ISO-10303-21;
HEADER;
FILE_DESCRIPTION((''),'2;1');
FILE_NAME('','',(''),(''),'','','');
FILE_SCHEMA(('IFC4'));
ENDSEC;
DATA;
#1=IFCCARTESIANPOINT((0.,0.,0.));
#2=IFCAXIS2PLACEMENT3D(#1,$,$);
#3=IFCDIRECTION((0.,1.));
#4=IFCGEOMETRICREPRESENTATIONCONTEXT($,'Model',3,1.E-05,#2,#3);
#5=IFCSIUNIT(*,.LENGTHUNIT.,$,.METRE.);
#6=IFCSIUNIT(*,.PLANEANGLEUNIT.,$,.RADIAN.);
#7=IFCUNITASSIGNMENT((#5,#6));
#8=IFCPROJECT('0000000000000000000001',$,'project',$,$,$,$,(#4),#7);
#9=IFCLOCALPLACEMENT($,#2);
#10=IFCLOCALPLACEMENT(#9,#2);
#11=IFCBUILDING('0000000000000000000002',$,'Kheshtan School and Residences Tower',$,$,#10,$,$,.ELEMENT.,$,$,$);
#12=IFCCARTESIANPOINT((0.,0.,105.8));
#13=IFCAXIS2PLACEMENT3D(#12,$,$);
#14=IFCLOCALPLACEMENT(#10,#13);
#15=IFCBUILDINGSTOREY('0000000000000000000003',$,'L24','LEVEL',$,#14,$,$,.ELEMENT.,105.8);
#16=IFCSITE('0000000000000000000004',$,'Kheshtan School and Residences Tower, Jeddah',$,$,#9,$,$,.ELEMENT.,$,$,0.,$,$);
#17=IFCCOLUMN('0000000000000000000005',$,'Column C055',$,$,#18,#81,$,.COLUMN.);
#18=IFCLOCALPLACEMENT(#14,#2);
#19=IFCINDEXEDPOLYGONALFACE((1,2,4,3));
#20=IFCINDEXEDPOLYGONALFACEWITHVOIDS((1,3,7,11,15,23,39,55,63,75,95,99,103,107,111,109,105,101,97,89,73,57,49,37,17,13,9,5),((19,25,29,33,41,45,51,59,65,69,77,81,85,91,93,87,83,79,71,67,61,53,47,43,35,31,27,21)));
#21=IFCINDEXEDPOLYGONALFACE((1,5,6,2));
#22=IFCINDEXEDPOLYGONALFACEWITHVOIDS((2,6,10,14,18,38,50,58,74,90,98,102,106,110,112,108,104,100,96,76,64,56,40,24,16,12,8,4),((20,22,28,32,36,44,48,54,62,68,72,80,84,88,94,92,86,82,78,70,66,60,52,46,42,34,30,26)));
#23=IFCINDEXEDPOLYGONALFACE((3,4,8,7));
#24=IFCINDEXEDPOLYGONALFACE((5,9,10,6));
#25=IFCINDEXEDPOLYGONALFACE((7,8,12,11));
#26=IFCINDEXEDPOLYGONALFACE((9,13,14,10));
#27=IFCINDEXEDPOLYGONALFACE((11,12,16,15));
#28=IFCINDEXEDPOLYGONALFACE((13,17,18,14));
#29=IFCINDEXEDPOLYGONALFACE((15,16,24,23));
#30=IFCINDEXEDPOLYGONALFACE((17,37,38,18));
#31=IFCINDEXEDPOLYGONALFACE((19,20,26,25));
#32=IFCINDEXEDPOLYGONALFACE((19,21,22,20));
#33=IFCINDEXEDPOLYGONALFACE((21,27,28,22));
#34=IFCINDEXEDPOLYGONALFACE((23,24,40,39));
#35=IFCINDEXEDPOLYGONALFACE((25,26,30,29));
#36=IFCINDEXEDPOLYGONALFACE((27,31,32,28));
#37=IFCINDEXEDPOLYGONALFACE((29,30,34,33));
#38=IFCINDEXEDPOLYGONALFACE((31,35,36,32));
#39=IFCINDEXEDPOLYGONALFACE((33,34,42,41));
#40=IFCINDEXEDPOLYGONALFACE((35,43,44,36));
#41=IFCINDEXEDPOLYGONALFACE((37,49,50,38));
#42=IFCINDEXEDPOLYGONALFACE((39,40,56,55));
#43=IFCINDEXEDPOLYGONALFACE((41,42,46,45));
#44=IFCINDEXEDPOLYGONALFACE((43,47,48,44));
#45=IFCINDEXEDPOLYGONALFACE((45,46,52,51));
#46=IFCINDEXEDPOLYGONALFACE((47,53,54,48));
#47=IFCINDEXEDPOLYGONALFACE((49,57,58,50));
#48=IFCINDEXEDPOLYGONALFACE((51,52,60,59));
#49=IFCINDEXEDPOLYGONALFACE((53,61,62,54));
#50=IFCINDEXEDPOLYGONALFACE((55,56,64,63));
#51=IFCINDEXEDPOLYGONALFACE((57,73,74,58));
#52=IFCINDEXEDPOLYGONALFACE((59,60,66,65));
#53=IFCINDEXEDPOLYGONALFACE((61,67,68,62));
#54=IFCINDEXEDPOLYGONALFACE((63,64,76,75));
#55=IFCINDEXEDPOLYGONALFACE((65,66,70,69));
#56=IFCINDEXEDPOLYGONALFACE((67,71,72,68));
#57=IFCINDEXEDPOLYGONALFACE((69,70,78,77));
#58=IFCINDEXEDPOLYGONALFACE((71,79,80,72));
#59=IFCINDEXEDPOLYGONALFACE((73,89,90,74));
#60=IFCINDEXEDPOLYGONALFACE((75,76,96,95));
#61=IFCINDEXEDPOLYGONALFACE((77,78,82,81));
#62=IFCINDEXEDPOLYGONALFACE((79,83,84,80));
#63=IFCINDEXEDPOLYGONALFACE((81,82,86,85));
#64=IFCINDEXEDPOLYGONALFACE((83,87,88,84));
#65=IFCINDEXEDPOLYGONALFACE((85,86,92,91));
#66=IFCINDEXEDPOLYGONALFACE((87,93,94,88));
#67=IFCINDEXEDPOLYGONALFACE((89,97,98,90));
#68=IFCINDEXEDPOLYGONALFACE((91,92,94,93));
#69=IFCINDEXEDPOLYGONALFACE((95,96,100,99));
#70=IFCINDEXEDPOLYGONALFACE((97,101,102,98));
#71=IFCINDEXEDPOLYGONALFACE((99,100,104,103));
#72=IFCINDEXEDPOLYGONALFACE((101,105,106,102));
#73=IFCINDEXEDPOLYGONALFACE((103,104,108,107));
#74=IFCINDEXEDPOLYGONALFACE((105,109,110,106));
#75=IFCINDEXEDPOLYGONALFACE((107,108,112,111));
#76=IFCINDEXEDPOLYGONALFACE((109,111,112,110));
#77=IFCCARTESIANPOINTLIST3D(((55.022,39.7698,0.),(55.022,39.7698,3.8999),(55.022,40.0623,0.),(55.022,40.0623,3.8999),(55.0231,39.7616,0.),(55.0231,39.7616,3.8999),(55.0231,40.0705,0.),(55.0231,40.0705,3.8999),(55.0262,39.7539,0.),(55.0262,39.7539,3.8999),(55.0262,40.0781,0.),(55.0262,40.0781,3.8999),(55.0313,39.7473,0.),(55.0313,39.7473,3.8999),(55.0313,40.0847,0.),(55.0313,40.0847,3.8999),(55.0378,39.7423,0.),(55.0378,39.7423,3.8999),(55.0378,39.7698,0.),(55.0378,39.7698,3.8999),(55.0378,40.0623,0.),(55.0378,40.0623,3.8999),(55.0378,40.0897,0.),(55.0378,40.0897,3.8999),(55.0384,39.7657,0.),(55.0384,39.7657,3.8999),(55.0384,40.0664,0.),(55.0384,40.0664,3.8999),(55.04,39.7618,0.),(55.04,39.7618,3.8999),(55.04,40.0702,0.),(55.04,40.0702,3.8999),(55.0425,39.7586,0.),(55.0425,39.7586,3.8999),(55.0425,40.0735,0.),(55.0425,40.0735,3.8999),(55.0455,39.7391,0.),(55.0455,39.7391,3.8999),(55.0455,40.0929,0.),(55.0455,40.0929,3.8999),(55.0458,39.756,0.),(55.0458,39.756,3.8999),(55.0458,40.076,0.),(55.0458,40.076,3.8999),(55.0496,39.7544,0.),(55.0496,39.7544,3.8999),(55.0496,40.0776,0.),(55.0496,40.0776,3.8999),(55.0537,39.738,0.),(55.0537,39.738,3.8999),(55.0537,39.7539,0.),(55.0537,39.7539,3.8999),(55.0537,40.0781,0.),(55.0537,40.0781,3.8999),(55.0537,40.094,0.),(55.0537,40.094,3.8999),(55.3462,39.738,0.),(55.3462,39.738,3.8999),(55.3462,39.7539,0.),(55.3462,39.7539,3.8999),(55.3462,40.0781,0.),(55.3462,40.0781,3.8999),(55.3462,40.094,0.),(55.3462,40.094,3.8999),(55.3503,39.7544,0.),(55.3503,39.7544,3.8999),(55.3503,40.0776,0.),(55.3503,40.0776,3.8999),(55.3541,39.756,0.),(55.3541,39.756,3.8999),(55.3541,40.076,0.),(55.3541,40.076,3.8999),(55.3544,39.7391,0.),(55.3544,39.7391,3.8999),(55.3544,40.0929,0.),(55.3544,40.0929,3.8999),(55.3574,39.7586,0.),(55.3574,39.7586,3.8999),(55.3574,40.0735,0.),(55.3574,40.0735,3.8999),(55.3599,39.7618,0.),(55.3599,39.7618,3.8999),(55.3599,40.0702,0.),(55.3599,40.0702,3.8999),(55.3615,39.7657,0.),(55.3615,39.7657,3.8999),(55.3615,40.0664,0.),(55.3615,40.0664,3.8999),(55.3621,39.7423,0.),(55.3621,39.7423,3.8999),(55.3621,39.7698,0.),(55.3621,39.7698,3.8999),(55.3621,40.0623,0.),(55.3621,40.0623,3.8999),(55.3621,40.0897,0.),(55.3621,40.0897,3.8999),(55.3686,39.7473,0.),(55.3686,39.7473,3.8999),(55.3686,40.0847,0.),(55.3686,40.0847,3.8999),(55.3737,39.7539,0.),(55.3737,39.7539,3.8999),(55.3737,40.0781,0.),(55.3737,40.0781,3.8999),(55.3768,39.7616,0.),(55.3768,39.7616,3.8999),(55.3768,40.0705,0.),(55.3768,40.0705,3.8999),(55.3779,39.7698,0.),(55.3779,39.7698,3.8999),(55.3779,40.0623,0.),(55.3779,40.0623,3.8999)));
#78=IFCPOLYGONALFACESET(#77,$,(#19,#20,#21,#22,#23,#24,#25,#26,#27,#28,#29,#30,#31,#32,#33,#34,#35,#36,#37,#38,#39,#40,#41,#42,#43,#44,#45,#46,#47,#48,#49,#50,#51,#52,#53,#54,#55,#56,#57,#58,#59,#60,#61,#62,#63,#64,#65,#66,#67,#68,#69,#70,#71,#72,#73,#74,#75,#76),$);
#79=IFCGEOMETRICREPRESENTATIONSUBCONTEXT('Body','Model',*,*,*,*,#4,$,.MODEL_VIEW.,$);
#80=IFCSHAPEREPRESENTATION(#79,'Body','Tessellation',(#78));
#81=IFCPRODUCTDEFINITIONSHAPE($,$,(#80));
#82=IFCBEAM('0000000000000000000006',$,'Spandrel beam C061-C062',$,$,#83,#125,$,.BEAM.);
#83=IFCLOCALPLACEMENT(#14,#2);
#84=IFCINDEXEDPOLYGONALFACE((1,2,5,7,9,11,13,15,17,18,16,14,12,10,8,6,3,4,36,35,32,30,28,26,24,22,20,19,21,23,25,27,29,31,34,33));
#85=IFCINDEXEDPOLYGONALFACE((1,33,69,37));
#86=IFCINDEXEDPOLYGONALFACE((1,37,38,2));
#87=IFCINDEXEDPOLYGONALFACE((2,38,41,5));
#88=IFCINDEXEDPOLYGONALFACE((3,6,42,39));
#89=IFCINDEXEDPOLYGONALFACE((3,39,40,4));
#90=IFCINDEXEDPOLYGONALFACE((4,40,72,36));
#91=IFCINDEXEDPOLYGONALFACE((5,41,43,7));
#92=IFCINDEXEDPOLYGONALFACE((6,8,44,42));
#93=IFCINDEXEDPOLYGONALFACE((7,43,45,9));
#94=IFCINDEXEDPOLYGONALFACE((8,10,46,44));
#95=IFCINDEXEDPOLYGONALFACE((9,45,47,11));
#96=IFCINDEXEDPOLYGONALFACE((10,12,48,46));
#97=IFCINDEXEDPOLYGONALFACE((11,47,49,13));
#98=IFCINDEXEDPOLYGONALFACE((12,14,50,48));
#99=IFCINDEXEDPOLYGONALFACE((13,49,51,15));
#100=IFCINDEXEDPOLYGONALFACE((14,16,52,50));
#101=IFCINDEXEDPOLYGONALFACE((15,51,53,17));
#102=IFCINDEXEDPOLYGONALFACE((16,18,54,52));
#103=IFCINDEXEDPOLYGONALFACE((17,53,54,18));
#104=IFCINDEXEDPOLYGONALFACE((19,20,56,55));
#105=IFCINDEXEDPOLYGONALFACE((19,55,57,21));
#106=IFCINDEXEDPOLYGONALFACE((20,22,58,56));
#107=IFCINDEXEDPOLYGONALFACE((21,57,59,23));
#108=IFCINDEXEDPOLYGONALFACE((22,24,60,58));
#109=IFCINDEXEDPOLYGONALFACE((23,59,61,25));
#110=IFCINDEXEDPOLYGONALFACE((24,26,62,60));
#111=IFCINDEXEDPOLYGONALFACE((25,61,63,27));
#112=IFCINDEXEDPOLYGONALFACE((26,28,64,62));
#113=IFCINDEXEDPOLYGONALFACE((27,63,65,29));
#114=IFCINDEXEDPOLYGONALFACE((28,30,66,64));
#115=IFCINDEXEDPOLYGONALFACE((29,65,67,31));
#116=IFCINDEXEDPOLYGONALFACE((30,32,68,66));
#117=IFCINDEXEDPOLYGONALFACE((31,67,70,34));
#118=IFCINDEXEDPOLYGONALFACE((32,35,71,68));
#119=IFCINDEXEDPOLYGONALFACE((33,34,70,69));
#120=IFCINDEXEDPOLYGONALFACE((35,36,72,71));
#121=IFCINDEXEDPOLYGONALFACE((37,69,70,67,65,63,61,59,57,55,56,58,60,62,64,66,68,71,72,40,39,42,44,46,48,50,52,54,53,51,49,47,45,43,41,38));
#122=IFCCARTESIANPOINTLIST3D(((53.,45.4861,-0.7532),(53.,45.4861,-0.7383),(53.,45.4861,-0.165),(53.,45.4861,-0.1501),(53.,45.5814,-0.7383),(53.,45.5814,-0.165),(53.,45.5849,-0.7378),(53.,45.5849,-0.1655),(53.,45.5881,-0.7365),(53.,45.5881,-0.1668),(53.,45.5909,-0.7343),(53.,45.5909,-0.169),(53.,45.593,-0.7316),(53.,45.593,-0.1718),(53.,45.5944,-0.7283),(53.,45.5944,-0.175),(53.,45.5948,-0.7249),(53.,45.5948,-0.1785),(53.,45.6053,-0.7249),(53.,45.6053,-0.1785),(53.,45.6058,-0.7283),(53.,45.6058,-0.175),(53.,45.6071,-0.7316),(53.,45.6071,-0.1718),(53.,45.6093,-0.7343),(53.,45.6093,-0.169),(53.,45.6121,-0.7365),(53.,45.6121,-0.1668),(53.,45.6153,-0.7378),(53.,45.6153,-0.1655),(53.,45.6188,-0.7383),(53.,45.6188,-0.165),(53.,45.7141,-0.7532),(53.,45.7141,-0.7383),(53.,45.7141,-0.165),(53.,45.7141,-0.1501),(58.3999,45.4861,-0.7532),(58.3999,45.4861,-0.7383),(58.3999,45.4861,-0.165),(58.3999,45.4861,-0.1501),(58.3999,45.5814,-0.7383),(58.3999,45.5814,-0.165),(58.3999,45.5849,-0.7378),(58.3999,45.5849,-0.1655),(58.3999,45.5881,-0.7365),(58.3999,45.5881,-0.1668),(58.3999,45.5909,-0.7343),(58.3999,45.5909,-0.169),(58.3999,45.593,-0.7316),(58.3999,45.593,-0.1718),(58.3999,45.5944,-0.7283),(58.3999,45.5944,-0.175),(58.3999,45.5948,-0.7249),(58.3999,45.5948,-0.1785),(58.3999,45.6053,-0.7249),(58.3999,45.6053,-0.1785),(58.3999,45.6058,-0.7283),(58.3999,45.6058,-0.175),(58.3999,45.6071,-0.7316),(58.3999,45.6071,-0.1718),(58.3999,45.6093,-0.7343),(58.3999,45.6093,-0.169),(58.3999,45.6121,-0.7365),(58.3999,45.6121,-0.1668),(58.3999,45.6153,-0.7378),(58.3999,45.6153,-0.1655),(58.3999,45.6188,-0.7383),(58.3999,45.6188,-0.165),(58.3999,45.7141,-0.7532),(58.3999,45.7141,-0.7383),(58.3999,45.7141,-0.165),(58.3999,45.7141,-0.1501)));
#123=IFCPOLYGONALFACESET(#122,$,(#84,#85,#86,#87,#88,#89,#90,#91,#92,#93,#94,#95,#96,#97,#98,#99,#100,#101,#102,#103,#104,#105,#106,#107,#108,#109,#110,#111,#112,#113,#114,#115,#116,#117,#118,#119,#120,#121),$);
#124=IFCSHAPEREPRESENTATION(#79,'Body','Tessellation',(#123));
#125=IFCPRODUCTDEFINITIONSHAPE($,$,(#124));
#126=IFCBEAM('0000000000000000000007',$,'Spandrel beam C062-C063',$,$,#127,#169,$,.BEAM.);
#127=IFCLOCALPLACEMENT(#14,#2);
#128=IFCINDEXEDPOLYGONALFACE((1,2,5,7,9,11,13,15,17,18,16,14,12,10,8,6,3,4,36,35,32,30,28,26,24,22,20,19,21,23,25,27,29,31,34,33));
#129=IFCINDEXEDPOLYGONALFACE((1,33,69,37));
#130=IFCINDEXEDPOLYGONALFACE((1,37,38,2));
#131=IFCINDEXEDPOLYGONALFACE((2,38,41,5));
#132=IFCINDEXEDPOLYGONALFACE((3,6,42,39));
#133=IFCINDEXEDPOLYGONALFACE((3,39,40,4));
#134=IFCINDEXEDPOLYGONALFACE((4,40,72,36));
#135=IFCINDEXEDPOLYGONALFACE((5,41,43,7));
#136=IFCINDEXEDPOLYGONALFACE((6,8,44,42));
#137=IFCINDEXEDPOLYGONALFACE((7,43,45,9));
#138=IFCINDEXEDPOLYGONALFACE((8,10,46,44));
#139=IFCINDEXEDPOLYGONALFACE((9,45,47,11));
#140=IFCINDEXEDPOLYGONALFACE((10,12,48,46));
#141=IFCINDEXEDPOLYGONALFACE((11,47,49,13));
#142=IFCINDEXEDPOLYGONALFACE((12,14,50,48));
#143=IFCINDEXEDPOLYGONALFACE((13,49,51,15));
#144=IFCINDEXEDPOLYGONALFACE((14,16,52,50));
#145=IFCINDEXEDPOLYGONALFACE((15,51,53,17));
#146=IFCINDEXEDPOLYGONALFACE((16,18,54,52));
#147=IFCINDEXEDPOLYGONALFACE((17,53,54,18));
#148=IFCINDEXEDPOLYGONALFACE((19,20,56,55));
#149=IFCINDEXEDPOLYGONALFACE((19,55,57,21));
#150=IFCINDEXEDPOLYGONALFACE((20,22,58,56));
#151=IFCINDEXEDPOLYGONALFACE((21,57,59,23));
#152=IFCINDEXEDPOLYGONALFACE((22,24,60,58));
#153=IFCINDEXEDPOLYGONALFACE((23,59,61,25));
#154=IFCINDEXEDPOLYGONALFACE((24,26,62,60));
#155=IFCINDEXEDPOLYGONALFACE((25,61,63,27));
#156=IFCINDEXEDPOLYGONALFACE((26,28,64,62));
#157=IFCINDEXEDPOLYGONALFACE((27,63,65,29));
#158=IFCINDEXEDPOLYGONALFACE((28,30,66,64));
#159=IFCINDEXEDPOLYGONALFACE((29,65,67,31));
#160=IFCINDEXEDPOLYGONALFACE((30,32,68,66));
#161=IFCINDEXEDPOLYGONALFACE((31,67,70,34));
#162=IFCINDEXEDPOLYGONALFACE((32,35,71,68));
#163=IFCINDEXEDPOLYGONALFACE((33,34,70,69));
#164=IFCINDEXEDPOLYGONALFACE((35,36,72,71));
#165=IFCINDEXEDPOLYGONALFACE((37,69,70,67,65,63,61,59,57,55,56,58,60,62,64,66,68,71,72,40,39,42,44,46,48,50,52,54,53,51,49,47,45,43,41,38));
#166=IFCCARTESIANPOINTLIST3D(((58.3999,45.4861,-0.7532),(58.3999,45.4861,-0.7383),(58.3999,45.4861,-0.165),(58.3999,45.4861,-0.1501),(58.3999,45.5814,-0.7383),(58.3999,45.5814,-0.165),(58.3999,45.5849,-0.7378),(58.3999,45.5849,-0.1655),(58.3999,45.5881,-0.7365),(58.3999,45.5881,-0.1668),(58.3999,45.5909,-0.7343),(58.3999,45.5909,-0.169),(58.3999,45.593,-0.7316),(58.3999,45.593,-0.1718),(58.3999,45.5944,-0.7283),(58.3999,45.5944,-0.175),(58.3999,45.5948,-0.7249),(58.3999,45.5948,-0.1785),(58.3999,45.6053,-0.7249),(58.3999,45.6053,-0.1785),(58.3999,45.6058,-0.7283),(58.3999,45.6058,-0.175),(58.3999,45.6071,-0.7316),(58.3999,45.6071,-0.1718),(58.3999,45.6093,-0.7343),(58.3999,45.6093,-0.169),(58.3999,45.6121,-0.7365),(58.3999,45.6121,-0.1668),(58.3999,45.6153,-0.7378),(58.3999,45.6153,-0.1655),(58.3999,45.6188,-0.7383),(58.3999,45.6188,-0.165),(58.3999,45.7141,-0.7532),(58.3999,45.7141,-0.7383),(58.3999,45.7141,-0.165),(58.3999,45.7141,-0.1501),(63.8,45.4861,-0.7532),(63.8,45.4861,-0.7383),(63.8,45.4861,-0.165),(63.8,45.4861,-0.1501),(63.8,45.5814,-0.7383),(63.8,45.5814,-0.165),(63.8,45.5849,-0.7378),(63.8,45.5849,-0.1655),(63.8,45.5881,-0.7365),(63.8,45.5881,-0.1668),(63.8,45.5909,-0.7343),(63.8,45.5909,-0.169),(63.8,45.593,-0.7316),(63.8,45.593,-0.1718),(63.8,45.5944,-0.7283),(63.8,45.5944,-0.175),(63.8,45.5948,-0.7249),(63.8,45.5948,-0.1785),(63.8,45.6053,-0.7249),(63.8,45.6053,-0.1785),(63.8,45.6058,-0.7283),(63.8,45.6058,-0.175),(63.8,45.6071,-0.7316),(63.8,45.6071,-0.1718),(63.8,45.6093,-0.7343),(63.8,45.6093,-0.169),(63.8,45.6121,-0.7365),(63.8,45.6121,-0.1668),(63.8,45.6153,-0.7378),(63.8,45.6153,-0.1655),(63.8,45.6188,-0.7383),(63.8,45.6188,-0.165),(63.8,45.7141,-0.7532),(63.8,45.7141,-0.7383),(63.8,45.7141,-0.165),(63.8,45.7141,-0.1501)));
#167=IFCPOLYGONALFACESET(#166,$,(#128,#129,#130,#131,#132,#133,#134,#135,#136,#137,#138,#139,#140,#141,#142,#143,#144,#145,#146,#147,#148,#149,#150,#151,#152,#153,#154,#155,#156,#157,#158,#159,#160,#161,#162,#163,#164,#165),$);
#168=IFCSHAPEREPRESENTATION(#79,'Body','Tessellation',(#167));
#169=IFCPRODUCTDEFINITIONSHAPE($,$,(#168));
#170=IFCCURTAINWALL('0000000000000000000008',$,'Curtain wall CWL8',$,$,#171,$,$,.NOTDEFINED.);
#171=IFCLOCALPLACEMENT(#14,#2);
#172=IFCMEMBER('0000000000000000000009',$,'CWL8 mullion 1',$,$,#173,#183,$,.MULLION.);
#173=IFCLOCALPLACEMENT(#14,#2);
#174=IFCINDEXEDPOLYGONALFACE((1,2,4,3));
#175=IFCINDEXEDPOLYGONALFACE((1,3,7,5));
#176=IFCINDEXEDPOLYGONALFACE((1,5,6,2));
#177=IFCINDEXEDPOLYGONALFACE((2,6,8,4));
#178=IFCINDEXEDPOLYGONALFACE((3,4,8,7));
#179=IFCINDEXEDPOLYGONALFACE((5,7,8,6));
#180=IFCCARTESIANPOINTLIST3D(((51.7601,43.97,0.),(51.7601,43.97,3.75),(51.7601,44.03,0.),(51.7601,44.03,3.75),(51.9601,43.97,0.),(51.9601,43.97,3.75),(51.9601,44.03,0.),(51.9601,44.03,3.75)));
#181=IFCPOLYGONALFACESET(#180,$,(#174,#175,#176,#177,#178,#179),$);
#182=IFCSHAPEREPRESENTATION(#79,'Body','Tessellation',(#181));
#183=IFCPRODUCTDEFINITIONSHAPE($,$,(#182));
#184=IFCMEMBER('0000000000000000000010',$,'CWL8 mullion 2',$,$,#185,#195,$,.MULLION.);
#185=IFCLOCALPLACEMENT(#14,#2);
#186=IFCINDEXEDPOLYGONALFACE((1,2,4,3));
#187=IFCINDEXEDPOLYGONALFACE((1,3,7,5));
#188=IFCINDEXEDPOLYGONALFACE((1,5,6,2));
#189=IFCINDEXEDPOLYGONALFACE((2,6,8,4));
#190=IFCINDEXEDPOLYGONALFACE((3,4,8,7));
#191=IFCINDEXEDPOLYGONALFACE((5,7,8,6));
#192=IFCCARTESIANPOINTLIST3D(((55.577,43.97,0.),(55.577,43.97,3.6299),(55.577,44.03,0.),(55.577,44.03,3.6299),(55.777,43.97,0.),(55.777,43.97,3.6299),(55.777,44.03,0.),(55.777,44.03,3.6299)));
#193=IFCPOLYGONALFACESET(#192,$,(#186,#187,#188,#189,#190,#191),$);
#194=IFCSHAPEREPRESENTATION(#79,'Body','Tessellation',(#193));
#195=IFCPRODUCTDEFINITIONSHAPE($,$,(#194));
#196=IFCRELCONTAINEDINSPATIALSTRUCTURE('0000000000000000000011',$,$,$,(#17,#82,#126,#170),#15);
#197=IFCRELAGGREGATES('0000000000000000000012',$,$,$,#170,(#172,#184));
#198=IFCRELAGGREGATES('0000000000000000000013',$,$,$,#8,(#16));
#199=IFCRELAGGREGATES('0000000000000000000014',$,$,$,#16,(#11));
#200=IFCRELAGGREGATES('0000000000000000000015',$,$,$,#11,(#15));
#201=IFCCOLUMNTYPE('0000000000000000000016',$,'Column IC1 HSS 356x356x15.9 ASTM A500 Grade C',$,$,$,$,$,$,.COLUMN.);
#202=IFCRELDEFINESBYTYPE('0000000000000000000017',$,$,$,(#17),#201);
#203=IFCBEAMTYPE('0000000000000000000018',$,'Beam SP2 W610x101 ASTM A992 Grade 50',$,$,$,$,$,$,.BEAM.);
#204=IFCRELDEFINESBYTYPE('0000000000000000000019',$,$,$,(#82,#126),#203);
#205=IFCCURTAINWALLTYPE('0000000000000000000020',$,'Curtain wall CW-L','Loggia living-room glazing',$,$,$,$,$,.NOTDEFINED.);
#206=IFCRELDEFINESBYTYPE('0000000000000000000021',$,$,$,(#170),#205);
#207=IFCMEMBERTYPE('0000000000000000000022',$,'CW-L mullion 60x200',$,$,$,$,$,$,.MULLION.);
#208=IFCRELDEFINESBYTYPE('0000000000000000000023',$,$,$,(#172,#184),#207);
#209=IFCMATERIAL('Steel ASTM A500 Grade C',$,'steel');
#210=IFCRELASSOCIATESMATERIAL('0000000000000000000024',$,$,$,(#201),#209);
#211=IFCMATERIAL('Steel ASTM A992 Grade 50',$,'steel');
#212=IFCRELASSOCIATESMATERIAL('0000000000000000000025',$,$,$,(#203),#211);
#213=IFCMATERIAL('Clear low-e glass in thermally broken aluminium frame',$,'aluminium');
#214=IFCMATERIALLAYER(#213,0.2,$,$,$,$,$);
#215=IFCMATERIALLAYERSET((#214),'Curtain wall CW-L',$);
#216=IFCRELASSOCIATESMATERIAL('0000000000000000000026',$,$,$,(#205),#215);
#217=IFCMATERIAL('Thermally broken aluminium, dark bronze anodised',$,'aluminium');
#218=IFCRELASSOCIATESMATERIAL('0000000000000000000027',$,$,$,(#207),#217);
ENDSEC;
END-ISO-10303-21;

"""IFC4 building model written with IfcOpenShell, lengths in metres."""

from ifc_helpers import new_model, si_unit, direction, frame, origin, origin_2d, place, context, subcontext, project, spatial, rectangle, hollow_rectangle, i_section, extrude, material, layer, layer_set, material_profile, profile_set, type_object, element, aggregate, save


model = new_model("IFC4")

# Units and contexts
model_context = context("Model", 3, precision=1e-05, world=origin(), true_north=direction((0.0, 1.0)))
body_context = subcontext(model_context, "Body", "Model", "MODEL_VIEW")
ifc_project = project(units=[si_unit("LENGTHUNIT", "METRE"), si_unit("PLANEANGLEUNIT", "RADIAN")], contexts=[model_context])

# Site, building, storey
site_placement = place(None, origin())
site = spatial("IfcSite", under=ifc_project, at=site_placement, Name="Kheshtan School and Residences Tower, Jeddah", CompositionType="ELEMENT", RefElevation=0.0)
building_placement = place(site_placement, origin())
building = spatial("IfcBuilding", under=site, at=building_placement, Name="Kheshtan School and Residences Tower", CompositionType="ELEMENT")
storey_placement = place(building_placement, frame((0.0, 0.0, 105.8)))
storey = spatial("IfcBuildingStorey", under=building, at=storey_placement, Name="L24", Description="LEVEL", CompositionType="ELEMENT", Elevation=105.8)

# Column
ifc_material_1 = material(Name="Steel ASTM A992 Grade 50", Category="steel")
ifc_material_2 = material(Name="Steel ASTM A500 Grade C", Category="steel")
ifc_material_profile_1 = material_profile(ifc_material_2, hollow_rectangle(XDim=0.356, YDim=0.356, WallThickness=0.0159, InnerFilletRadius=0.0159, OuterFilletRadius=0.0317, at=origin_2d()), Name="HSS 356x356x15.9")
ifc_profile_set_1 = profile_set([ifc_material_profile_1], Name="Steel ASTM A500 Grade C")
column_type_1 = type_object("IfcColumnType", Name="Column IC1 HSS 356x356x15.9 ASTM A500 Grade C", PredefinedType="COLUMN", material=ifc_profile_set_1)
column_placement = place(storey_placement, frame((55.2, 39.916, 0.0), z_axis=(0.0, 0.0, 1.0), x_axis=(1.0, 0.0, 0.0)))
element("IfcColumn", 1, at=column_placement, inside=storey, type_object=column_type_1, Name="Column C055", PredefinedType="COLUMN", context=body_context, shape_type="SweptSolid", body=[
    extrude(hollow_rectangle(XDim=0.356, YDim=0.356, WallThickness=0.0159, InnerFilletRadius=0.0159, OuterFilletRadius=0.0317, at=origin_2d()), origin(), (0.0, 0.0, 1.0), 3.8999),
])

# Beams
ifc_material_profile_2 = material_profile(ifc_material_1, i_section(OverallWidth=0.228, OverallDepth=0.603, WebThickness=0.0105, FlangeThickness=0.0149, FilletRadius=0.0134, at=origin_2d()), Name="W610x101")
ifc_profile_set_2 = profile_set([ifc_material_profile_2], Name="Steel ASTM A992 Grade 50")
beam_type = type_object("IfcBeamType", Name="Beam SP2 W610x101 ASTM A992 Grade 50", PredefinedType="BEAM", material=ifc_profile_set_2)
beam_1_placement = place(storey_placement, frame((53.0, 45.6001, -0.4517), z_axis=(1.0, 0.0, 0.0), x_axis=(0.0, 1.0, 0.0)))
element("IfcBeam", 2, at=beam_1_placement, inside=storey, type_object=beam_type, Name="Spandrel beam C061-C062", PredefinedType="BEAM", context=body_context, shape_type="SweptSolid", body=[
    extrude(i_section(OverallWidth=0.228, OverallDepth=0.603, WebThickness=0.0105, FlangeThickness=0.0149, FilletRadius=0.0134, at=origin_2d()), origin(), (0.0, 0.0, 1.0), 5.3999),
])
beam_2_placement = place(storey_placement, frame((58.3999, 45.6001, -0.4517), z_axis=(1.0, 0.0, 0.0), x_axis=(0.0, 1.0, 0.0)))
element("IfcBeam", 3, at=beam_2_placement, inside=storey, type_object=beam_type, Name="Spandrel beam C062-C063", PredefinedType="BEAM", context=body_context, shape_type="SweptSolid", body=[
    extrude(i_section(OverallWidth=0.228, OverallDepth=0.603, WebThickness=0.0105, FlangeThickness=0.0149, FilletRadius=0.0134, at=origin_2d()), origin(), (0.0, 0.0, 1.0), 5.4001),
])

# Curtain wall, members
ifc_material_3 = material(Name="Clear low-e glass in thermally broken aluminium frame", Category="aluminium")
ifc_layer_1 = layer(ifc_material_3, 0.2)
ifc_layer_set_1 = layer_set([ifc_layer_1], Name="Curtain wall CW-L")
curtain_wall_type = type_object("IfcCurtainWallType", Name="Curtain wall CW-L", Description="Loggia living-room glazing", PredefinedType="NOTDEFINED", material=ifc_layer_set_1)
curtain_wall_1_placement = place(storey_placement, origin())
curtain_wall_1 = element("IfcCurtainWall", 4, at=curtain_wall_1_placement, inside=storey, type_object=curtain_wall_type, Name="Curtain wall CWL8", PredefinedType="NOTDEFINED")
ifc_material_4 = material(Name="Thermally broken aluminium, dark bronze anodised", Category="aluminium")
ifc_material_profile_3 = material_profile(ifc_material_4, rectangle(XDim=0.0601, YDim=0.2, at=origin_2d()), Name="CW-L mullion 60x200")
ifc_profile_set_3 = profile_set([ifc_material_profile_3], Name="Thermally broken aluminium, dark bronze anodised")
member_type_1 = type_object("IfcMemberType", Name="CW-L mullion 60x200", PredefinedType="MULLION", material=ifc_profile_set_3)
member_1_placement = place(storey_placement, frame((51.8601, 44.0, 0.0), z_axis=(0.0, 0.0, 1.0), x_axis=(0.0, 1.0, 0.0)))
member_1 = element("IfcMember", 5, at=member_1_placement, type_object=member_type_1, Name="CWL8 mullion 1", PredefinedType="MULLION", context=body_context, shape_type="SweptSolid", body=[
    extrude(rectangle(XDim=0.0601, YDim=0.2, at=origin_2d()), origin(), (0.0, 0.0, 1.0), 3.75),
])
member_2_placement = place(storey_placement, frame((55.677, 44.0, 0.0), z_axis=(0.0, 0.0, 1.0), x_axis=(0.0, 1.0, 0.0)))
member_2 = element("IfcMember", 6, at=member_2_placement, type_object=member_type_1, Name="CWL8 mullion 2", PredefinedType="MULLION", context=body_context, shape_type="SweptSolid", body=[
    extrude(rectangle(XDim=0.0601, YDim=0.2, at=origin_2d()), origin(), (0.0, 0.0, 1.0), 3.6299),
])

aggregate(curtain_wall_1, [member_1, member_2])

save(model, "model.ifc")
